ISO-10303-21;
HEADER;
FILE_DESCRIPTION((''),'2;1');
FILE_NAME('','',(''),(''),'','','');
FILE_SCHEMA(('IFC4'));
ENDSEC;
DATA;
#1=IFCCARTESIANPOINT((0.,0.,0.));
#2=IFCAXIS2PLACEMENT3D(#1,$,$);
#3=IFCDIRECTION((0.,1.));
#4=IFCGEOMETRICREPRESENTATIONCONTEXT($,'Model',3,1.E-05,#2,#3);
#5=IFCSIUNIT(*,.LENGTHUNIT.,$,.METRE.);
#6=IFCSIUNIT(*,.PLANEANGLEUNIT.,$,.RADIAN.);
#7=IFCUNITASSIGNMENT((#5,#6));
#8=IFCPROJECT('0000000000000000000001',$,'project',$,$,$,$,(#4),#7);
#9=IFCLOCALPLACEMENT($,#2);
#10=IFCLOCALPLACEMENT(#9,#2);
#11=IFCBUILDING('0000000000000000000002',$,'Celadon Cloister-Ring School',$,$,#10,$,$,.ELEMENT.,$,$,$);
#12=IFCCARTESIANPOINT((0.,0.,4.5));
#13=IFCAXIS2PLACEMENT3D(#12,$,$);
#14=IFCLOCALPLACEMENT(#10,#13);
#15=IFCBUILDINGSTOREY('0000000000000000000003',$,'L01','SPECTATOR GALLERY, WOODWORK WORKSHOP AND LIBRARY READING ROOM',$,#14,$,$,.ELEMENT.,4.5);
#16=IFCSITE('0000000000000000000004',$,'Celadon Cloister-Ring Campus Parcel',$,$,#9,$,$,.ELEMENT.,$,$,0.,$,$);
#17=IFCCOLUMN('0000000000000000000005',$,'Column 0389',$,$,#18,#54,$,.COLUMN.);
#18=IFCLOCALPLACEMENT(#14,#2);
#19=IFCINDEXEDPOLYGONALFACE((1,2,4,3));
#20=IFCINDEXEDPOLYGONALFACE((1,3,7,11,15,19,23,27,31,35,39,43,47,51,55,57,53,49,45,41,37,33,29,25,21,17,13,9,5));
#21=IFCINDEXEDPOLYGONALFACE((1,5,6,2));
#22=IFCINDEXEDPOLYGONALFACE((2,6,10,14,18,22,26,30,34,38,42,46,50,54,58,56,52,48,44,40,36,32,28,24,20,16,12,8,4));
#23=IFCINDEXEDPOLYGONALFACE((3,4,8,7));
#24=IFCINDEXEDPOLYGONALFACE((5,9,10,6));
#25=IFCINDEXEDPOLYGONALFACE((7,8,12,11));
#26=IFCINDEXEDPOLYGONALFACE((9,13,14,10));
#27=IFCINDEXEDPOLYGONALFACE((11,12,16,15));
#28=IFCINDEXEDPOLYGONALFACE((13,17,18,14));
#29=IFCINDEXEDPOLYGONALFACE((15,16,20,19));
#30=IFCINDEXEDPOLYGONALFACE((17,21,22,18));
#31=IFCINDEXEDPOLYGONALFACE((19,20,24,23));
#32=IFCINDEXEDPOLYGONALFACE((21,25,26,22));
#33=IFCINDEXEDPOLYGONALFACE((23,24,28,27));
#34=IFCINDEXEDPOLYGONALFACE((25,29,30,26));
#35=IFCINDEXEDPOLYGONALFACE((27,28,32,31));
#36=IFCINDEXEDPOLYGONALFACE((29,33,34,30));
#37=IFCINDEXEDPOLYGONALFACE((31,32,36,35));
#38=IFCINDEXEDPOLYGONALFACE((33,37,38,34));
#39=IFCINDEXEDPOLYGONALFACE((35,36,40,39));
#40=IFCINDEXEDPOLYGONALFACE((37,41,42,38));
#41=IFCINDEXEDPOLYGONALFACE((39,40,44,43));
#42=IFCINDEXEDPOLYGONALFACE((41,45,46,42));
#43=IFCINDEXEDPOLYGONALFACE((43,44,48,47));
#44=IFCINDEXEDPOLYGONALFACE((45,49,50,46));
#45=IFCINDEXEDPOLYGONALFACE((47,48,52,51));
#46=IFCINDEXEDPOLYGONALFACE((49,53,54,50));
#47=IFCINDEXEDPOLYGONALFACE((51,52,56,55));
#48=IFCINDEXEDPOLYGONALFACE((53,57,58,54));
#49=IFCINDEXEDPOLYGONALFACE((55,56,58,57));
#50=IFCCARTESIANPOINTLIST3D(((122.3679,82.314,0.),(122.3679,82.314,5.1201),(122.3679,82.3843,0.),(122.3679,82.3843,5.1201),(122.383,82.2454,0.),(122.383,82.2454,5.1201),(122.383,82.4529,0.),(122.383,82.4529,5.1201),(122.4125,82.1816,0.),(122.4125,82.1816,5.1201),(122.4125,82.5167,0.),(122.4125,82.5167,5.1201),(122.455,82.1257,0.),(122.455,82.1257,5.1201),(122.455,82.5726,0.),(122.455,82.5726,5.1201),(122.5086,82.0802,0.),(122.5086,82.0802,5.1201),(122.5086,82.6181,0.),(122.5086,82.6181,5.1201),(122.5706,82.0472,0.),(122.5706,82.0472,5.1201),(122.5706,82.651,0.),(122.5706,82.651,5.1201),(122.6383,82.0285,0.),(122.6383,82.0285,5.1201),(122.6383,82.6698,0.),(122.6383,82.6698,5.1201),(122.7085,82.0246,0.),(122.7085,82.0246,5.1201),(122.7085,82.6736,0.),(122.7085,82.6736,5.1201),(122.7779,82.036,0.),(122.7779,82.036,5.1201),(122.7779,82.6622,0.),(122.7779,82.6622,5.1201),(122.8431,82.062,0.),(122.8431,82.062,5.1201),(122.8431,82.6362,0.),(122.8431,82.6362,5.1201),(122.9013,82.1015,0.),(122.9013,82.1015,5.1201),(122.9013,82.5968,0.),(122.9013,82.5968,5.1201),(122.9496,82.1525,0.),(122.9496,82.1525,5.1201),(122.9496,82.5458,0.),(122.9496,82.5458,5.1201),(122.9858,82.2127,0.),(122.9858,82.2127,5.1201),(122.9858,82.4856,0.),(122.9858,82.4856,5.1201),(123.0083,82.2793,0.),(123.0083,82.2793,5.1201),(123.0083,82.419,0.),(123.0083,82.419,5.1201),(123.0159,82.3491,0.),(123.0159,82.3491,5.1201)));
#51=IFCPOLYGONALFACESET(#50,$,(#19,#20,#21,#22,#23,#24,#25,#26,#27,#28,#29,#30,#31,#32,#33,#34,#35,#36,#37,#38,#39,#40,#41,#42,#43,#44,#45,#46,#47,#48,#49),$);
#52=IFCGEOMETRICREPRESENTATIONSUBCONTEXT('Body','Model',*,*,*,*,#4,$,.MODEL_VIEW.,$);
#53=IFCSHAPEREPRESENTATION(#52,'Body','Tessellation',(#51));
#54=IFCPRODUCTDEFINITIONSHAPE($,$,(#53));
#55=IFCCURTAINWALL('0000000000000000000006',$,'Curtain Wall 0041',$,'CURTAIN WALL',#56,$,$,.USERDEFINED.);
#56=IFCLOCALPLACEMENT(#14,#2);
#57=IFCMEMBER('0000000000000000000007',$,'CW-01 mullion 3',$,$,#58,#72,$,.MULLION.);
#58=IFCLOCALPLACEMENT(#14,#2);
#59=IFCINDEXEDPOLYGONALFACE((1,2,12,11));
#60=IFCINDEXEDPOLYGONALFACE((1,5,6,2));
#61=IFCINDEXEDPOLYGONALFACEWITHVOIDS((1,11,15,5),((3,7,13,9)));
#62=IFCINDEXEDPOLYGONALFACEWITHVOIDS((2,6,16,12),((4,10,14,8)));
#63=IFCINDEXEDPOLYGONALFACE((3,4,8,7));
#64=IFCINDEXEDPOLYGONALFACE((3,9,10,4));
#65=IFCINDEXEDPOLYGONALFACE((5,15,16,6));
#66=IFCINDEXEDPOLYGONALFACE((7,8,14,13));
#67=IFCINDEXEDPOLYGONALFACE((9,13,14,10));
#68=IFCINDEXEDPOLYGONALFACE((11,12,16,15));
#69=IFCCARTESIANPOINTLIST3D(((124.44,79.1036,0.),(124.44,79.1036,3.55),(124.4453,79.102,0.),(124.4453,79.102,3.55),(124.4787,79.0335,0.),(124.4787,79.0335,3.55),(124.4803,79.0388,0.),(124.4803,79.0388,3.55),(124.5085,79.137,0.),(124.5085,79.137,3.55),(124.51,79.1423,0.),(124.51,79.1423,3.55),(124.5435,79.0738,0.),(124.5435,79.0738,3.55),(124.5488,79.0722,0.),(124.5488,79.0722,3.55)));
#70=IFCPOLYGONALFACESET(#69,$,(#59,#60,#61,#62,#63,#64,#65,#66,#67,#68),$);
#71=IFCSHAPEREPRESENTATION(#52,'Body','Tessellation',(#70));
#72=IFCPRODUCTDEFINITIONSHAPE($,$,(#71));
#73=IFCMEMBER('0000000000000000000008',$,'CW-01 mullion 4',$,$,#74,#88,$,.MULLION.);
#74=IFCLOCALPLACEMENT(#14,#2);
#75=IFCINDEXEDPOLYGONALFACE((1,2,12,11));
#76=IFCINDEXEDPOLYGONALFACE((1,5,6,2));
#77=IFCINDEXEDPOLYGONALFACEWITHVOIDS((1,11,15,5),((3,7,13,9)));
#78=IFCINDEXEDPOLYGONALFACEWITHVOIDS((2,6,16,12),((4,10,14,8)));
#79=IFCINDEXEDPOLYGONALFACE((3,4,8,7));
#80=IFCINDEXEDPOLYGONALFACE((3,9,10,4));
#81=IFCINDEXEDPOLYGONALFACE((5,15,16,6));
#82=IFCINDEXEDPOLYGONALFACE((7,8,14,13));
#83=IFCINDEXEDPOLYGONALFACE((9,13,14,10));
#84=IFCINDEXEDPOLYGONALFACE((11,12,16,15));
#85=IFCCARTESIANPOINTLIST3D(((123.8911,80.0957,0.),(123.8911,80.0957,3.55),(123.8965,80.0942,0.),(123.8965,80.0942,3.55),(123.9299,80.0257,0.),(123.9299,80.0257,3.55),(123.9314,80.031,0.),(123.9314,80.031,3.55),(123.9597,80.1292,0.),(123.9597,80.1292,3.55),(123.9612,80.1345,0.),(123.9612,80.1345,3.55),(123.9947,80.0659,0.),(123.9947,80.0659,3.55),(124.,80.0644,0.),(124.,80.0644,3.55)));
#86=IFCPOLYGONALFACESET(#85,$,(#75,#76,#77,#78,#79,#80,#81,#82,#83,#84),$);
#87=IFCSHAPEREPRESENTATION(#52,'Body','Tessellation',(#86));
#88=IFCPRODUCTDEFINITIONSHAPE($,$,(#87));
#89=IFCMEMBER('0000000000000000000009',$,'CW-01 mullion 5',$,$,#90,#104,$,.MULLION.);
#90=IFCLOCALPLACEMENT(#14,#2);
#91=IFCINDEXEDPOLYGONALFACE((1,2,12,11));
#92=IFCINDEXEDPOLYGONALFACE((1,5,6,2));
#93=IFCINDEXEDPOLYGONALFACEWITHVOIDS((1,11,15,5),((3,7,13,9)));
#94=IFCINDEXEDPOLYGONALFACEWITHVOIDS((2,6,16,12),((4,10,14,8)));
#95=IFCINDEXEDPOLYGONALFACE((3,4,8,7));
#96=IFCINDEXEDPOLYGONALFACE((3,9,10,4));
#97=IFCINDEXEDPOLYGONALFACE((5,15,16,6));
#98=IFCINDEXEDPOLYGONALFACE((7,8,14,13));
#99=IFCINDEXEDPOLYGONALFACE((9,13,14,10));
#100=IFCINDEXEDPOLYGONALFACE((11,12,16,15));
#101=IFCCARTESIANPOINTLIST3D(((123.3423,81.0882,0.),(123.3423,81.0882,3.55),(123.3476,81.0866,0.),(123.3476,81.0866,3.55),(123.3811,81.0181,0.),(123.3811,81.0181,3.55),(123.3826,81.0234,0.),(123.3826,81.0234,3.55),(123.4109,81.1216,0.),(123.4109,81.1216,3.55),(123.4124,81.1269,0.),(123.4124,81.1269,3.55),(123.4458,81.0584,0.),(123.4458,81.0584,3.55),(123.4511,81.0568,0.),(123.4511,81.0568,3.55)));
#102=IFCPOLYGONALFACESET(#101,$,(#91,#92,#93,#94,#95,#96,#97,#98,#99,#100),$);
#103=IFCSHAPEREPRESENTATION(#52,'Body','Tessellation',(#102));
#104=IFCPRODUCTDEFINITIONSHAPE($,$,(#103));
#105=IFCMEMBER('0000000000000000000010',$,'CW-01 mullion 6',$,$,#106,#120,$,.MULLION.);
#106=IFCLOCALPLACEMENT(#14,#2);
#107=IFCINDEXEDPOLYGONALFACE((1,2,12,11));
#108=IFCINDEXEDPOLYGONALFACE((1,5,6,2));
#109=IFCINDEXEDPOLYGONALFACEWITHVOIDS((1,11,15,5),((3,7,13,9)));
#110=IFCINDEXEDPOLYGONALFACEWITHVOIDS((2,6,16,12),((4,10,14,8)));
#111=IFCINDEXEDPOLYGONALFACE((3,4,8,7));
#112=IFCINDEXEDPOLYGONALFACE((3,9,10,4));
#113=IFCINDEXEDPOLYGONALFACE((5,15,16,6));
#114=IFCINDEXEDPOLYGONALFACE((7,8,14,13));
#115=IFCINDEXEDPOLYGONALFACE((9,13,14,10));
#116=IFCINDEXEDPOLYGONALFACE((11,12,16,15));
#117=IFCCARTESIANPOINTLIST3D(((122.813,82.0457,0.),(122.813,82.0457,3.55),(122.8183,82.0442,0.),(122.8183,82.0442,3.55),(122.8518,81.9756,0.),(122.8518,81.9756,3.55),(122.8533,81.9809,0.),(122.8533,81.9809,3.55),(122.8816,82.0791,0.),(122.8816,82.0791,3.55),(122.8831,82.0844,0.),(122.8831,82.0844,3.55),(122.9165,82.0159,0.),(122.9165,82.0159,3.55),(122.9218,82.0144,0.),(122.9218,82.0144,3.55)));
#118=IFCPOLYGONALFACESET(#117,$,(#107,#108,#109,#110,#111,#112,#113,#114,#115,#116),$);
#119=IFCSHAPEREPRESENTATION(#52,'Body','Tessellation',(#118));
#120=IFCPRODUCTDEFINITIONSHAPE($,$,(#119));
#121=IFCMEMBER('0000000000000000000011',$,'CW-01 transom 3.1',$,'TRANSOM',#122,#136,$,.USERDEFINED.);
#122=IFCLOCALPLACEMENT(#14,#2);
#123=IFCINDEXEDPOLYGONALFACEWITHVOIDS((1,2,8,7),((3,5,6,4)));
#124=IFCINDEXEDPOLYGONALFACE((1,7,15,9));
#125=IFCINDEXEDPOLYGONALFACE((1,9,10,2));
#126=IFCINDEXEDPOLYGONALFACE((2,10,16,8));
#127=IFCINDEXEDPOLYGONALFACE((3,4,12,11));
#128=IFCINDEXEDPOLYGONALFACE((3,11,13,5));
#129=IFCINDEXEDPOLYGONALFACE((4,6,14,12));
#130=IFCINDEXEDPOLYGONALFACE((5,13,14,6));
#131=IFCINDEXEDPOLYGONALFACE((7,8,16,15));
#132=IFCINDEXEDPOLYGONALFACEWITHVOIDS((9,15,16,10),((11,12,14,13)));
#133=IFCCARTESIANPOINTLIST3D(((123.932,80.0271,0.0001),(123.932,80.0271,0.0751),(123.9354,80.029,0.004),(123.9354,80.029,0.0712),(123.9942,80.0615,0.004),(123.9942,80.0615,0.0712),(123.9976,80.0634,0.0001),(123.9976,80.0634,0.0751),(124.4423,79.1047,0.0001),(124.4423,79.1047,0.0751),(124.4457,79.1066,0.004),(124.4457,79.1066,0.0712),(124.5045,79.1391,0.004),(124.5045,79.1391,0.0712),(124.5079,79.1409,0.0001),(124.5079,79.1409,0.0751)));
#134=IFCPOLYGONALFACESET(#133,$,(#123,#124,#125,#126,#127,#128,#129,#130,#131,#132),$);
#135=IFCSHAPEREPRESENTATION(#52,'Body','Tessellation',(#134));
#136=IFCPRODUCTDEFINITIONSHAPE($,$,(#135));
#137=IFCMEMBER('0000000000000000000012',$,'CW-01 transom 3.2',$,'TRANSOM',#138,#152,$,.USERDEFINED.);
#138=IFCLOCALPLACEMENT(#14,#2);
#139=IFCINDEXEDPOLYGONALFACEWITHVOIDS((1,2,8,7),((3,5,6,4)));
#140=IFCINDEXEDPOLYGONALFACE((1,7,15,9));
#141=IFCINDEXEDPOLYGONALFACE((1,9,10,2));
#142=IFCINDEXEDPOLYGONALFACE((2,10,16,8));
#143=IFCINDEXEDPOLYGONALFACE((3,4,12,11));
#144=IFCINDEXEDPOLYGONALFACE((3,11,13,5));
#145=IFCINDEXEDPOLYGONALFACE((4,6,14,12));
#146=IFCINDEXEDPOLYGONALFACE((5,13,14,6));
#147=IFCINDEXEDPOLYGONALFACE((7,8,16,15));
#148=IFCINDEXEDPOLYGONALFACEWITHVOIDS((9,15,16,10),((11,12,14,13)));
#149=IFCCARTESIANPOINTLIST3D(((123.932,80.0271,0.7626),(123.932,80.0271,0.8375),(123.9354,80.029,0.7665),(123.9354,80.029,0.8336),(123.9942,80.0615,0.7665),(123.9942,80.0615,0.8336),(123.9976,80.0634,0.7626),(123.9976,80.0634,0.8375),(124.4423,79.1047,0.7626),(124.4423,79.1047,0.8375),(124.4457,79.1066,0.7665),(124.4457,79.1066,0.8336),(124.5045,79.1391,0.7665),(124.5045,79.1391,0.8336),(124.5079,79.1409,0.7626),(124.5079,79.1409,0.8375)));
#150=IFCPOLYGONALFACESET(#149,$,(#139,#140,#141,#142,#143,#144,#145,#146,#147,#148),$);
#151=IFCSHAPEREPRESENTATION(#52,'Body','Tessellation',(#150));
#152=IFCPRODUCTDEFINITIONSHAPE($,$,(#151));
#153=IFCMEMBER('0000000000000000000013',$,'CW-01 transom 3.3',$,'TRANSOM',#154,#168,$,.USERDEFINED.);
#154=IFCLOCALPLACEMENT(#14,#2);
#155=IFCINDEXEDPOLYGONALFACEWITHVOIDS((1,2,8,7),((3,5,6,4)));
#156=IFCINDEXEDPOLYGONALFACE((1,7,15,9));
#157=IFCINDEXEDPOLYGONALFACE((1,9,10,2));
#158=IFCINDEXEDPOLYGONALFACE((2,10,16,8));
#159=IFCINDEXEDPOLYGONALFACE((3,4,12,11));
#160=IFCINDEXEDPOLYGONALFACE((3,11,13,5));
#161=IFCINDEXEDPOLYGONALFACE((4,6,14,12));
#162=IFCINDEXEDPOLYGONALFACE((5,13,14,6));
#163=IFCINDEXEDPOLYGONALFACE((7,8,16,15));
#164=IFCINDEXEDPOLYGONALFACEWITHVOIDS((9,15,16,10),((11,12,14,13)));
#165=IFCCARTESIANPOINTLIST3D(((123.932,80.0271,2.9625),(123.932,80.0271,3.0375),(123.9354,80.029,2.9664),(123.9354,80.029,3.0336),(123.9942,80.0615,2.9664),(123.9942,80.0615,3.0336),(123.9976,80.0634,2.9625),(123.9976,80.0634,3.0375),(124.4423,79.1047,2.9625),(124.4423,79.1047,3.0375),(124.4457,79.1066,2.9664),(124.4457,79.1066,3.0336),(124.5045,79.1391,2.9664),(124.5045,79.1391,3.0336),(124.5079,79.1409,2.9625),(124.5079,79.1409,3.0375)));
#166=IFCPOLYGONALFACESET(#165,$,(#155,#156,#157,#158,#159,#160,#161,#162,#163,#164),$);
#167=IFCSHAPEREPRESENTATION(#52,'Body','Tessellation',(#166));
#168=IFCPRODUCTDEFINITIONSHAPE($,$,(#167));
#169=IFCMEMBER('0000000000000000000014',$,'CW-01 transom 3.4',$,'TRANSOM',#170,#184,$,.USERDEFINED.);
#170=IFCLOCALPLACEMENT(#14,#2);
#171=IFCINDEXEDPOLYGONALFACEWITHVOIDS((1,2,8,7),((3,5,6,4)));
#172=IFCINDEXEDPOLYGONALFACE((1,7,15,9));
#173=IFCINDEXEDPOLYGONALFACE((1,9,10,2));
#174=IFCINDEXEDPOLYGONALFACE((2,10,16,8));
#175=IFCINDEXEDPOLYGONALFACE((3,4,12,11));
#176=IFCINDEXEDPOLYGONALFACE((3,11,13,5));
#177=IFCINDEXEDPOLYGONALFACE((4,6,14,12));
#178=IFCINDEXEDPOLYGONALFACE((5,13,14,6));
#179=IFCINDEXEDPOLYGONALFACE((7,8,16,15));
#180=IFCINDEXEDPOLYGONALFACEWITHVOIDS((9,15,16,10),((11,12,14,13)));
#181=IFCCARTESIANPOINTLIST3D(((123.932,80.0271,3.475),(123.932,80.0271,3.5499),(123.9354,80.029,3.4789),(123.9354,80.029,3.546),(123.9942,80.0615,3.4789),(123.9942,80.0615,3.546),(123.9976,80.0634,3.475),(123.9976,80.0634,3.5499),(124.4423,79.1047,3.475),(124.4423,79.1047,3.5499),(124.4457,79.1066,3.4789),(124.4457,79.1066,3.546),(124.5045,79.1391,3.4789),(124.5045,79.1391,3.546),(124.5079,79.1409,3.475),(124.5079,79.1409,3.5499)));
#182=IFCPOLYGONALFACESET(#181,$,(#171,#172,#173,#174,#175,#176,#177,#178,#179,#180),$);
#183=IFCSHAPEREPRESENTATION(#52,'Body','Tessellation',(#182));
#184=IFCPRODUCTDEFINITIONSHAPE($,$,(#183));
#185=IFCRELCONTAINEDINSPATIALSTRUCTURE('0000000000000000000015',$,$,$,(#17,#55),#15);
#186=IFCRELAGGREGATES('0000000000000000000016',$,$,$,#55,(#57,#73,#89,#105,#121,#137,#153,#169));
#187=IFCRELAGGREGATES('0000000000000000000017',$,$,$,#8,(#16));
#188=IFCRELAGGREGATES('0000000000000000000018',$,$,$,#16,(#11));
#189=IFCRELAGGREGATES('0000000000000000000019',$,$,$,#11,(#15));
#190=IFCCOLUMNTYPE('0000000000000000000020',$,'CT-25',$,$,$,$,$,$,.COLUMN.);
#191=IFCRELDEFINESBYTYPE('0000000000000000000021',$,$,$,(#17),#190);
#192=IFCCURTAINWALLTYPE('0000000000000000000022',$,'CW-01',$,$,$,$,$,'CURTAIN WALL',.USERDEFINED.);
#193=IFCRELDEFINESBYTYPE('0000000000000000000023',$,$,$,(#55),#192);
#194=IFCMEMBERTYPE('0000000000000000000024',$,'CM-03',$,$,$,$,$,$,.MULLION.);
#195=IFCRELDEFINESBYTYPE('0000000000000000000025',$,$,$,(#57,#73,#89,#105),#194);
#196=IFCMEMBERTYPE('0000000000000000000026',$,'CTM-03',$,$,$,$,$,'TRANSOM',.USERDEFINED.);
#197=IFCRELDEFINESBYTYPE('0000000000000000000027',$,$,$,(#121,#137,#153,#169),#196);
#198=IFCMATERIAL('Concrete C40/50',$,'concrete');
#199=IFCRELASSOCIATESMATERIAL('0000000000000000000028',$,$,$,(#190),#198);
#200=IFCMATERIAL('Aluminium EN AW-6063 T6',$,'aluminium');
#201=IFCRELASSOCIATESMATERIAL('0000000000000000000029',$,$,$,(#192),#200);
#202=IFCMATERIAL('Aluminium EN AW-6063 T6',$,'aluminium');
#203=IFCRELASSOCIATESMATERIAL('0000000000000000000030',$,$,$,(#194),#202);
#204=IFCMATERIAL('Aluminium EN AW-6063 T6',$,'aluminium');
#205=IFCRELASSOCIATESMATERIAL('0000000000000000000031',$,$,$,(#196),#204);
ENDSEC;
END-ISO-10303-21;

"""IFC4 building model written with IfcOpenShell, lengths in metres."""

from ifc_helpers import new_model, si_unit, direction, frame, origin, origin_2d, place, context, subcontext, project, spatial, hollow_rectangle, circle, extrude, material, material_profile, profile_set, type_object, element, aggregate, save


model = new_model("IFC4")

# Units and contexts
model_context = context("Model", 3, precision=1e-05, world=origin(), true_north=direction((0.0, 1.0)))
body_context = subcontext(model_context, "Body", "Model", "MODEL_VIEW")
ifc_project = project(units=[si_unit("LENGTHUNIT", "METRE"), si_unit("PLANEANGLEUNIT", "RADIAN")], contexts=[model_context])

# Site, building, storey
site_placement = place(None, origin())
site = spatial("IfcSite", under=ifc_project, at=site_placement, Name="Celadon Cloister-Ring Campus Parcel", CompositionType="ELEMENT", RefElevation=0.0)
building_placement = place(site_placement, origin())
building = spatial("IfcBuilding", under=site, at=building_placement, Name="Celadon Cloister-Ring School", CompositionType="ELEMENT")
storey_placement = place(building_placement, frame((0.0, 0.0, 4.5)))
storey = spatial("IfcBuildingStorey", under=building, at=storey_placement, Name="L01", Description="SPECTATOR GALLERY, WOODWORK WORKSHOP AND LIBRARY READING ROOM", CompositionType="ELEMENT", Elevation=4.5)

# Column
ifc_material_1 = material(Name="Concrete C40/50", Category="concrete")
ifc_material_profile_1 = material_profile(ifc_material_1, circle(Radius=0.325, at=origin_2d()), Name="CIRC650")
ifc_profile_set_1 = profile_set([ifc_material_profile_1], Name="Concrete C40/50")
column_type = type_object("IfcColumnType", Name="CT-25", PredefinedType="COLUMN", material=ifc_profile_set_1)
column_placement = place(storey_placement, frame((122.6909, 82.3491, 0.0), z_axis=(0.0, 0.0, 1.0), x_axis=(1.0, 0.0, 0.0)))
element("IfcColumn", 1, at=column_placement, inside=storey, type_object=column_type, Name="Column 0389", PredefinedType="COLUMN", context=body_context, shape_type="SweptSolid", body=[
    extrude(circle(Radius=0.325, at=origin_2d()), origin(), (0.0, 0.0, 1.0), 5.1201),
])

# Curtain wall, members
ifc_material_2 = material(Name="Aluminium EN AW-6063 T6", Category="aluminium")
curtain_wall_type = type_object("IfcCurtainWallType", Name="CW-01", ElementType="CURTAIN WALL", PredefinedType="USERDEFINED", material=ifc_material_2)
curtain_wall_placement = place(storey_placement, origin())
curtain_wall = element("IfcCurtainWall", 2, at=curtain_wall_placement, inside=storey, type_object=curtain_wall_type, Name="Curtain Wall 0041", ObjectType="CURTAIN WALL", PredefinedType="USERDEFINED")
ifc_material_3 = material(Name="Aluminium EN AW-6063 T6", Category="aluminium")
ifc_material_profile_2 = material_profile(ifc_material_3, hollow_rectangle(XDim=0.0801, YDim=0.0801, WallThickness=0.0039, at=origin_2d()), Name="RHS80X80X4")
ifc_profile_set_2 = profile_set([ifc_material_profile_2], Name="Aluminium EN AW-6063 T6")
member_type_1 = type_object("IfcMemberType", Name="CM-03", PredefinedType="MULLION", material=ifc_profile_set_2)
member_1_placement = place(storey_placement, frame((124.4944, 79.0879, 0.0), z_axis=(0.0, 0.0, 1.0), x_axis=(-0.875104, -0.483935, 0.0)))
member_1 = element("IfcMember", 3, at=member_1_placement, type_object=member_type_1, Name="CW-01 mullion 3", PredefinedType="MULLION", context=body_context, shape_type="SweptSolid", body=[
    extrude(hollow_rectangle(XDim=0.0801, YDim=0.0801, WallThickness=0.0039, at=origin_2d()), origin(), (0.0, 0.0, 1.0), 3.55),
])
member_2_placement = place(storey_placement, frame((123.9456, 80.0801, 0.0), z_axis=(0.0, 0.0, 1.0), x_axis=(-0.875104, -0.483935, 0.0)))
member_2 = element("IfcMember", 4, at=member_2_placement, type_object=member_type_1, Name="CW-01 mullion 4", PredefinedType="MULLION", context=body_context, shape_type="SweptSolid", body=[
    extrude(hollow_rectangle(XDim=0.0801, YDim=0.0801, WallThickness=0.0039, at=origin_2d()), origin(), (0.0, 0.0, 1.0), 3.55),
])
member_3_placement = place(storey_placement, frame((123.3967, 81.0725, 0.0), z_axis=(0.0, 0.0, 1.0), x_axis=(-0.875104, -0.483935, 0.0)))
member_3 = element("IfcMember", 5, at=member_3_placement, type_object=member_type_1, Name="CW-01 mullion 5", PredefinedType="MULLION", context=body_context, shape_type="SweptSolid", body=[
    extrude(hollow_rectangle(XDim=0.0801, YDim=0.0801, WallThickness=0.0039, at=origin_2d()), origin(), (0.0, 0.0, 1.0), 3.55),
])
member_4_placement = place(storey_placement, frame((122.8674, 82.03, 0.0), z_axis=(0.0, 0.0, 1.0), x_axis=(-0.875104, -0.483935, 0.0)))
member_4 = element("IfcMember", 6, at=member_4_placement, type_object=member_type_1, Name="CW-01 mullion 6", PredefinedType="MULLION", context=body_context, shape_type="SweptSolid", body=[
    extrude(hollow_rectangle(XDim=0.0801, YDim=0.0801, WallThickness=0.0039, at=origin_2d()), origin(), (0.0, 0.0, 1.0), 3.55),
])
ifc_material_4 = material(Name="Aluminium EN AW-6063 T6", Category="aluminium")
ifc_material_profile_3 = material_profile(ifc_material_4, hollow_rectangle(XDim=0.075, YDim=0.075, WallThickness=0.0039, at=origin_2d()), Name="RHS75X75X4")
ifc_profile_set_3 = profile_set([ifc_material_profile_3], Name="Aluminium EN AW-6063 T6")
member_type_2 = type_object("IfcMemberType", Name="CTM-03", ElementType="TRANSOM", PredefinedType="USERDEFINED", material=ifc_profile_set_3)
member_5_placement = place(storey_placement, frame((124.4751, 79.1228, 0.0376), z_axis=(-0.484069, 0.87503, 0.0), x_axis=(-0.87503, -0.484069, 0.0)))
member_5 = element("IfcMember", 7, at=member_5_placement, type_object=member_type_2, Name="CW-01 transom 3.1", ObjectType="TRANSOM", PredefinedType="USERDEFINED", context=body_context, shape_type="SweptSolid", body=[
    extrude(hollow_rectangle(XDim=0.075, YDim=0.075, WallThickness=0.0039, at=origin_2d()), origin(), (0.0, 0.0, 1.0), 1.0542),
])
member_6_placement = place(storey_placement, frame((124.4751, 79.1228, 0.8), z_axis=(-0.484069, 0.87503, 0.0), x_axis=(-0.87503, -0.484069, 0.0)))
member_6 = element("IfcMember", 8, at=member_6_placement, type_object=member_type_2, Name="CW-01 transom 3.2", ObjectType="TRANSOM", PredefinedType="USERDEFINED", context=body_context, shape_type="SweptSolid", body=[
    extrude(hollow_rectangle(XDim=0.075, YDim=0.075, WallThickness=0.0039, at=origin_2d()), origin(), (0.0, 0.0, 1.0), 1.0542),
])
member_7_placement = place(storey_placement, frame((124.4751, 79.1228, 3.0), z_axis=(-0.484069, 0.87503, 0.0), x_axis=(-0.87503, -0.484069, 0.0)))
member_7 = element("IfcMember", 9, at=member_7_placement, type_object=member_type_2, Name="CW-01 transom 3.3", ObjectType="TRANSOM", PredefinedType="USERDEFINED", context=body_context, shape_type="SweptSolid", body=[
    extrude(hollow_rectangle(XDim=0.075, YDim=0.075, WallThickness=0.0039, at=origin_2d()), origin(), (0.0, 0.0, 1.0), 1.0542),
])
member_8_placement = place(storey_placement, frame((124.4751, 79.1228, 3.5125), z_axis=(-0.484069, 0.87503, 0.0), x_axis=(-0.87503, -0.484069, 0.0)))
member_8 = element("IfcMember", 10, at=member_8_placement, type_object=member_type_2, Name="CW-01 transom 3.4", ObjectType="TRANSOM", PredefinedType="USERDEFINED", context=body_context, shape_type="SweptSolid", body=[
    extrude(hollow_rectangle(XDim=0.075, YDim=0.075, WallThickness=0.0039, at=origin_2d()), origin(), (0.0, 0.0, 1.0), 1.0542),
])

aggregate(curtain_wall, [member_1, member_2, member_3, member_4, member_5, member_6, member_7, member_8])

save(model, "model.ifc")
